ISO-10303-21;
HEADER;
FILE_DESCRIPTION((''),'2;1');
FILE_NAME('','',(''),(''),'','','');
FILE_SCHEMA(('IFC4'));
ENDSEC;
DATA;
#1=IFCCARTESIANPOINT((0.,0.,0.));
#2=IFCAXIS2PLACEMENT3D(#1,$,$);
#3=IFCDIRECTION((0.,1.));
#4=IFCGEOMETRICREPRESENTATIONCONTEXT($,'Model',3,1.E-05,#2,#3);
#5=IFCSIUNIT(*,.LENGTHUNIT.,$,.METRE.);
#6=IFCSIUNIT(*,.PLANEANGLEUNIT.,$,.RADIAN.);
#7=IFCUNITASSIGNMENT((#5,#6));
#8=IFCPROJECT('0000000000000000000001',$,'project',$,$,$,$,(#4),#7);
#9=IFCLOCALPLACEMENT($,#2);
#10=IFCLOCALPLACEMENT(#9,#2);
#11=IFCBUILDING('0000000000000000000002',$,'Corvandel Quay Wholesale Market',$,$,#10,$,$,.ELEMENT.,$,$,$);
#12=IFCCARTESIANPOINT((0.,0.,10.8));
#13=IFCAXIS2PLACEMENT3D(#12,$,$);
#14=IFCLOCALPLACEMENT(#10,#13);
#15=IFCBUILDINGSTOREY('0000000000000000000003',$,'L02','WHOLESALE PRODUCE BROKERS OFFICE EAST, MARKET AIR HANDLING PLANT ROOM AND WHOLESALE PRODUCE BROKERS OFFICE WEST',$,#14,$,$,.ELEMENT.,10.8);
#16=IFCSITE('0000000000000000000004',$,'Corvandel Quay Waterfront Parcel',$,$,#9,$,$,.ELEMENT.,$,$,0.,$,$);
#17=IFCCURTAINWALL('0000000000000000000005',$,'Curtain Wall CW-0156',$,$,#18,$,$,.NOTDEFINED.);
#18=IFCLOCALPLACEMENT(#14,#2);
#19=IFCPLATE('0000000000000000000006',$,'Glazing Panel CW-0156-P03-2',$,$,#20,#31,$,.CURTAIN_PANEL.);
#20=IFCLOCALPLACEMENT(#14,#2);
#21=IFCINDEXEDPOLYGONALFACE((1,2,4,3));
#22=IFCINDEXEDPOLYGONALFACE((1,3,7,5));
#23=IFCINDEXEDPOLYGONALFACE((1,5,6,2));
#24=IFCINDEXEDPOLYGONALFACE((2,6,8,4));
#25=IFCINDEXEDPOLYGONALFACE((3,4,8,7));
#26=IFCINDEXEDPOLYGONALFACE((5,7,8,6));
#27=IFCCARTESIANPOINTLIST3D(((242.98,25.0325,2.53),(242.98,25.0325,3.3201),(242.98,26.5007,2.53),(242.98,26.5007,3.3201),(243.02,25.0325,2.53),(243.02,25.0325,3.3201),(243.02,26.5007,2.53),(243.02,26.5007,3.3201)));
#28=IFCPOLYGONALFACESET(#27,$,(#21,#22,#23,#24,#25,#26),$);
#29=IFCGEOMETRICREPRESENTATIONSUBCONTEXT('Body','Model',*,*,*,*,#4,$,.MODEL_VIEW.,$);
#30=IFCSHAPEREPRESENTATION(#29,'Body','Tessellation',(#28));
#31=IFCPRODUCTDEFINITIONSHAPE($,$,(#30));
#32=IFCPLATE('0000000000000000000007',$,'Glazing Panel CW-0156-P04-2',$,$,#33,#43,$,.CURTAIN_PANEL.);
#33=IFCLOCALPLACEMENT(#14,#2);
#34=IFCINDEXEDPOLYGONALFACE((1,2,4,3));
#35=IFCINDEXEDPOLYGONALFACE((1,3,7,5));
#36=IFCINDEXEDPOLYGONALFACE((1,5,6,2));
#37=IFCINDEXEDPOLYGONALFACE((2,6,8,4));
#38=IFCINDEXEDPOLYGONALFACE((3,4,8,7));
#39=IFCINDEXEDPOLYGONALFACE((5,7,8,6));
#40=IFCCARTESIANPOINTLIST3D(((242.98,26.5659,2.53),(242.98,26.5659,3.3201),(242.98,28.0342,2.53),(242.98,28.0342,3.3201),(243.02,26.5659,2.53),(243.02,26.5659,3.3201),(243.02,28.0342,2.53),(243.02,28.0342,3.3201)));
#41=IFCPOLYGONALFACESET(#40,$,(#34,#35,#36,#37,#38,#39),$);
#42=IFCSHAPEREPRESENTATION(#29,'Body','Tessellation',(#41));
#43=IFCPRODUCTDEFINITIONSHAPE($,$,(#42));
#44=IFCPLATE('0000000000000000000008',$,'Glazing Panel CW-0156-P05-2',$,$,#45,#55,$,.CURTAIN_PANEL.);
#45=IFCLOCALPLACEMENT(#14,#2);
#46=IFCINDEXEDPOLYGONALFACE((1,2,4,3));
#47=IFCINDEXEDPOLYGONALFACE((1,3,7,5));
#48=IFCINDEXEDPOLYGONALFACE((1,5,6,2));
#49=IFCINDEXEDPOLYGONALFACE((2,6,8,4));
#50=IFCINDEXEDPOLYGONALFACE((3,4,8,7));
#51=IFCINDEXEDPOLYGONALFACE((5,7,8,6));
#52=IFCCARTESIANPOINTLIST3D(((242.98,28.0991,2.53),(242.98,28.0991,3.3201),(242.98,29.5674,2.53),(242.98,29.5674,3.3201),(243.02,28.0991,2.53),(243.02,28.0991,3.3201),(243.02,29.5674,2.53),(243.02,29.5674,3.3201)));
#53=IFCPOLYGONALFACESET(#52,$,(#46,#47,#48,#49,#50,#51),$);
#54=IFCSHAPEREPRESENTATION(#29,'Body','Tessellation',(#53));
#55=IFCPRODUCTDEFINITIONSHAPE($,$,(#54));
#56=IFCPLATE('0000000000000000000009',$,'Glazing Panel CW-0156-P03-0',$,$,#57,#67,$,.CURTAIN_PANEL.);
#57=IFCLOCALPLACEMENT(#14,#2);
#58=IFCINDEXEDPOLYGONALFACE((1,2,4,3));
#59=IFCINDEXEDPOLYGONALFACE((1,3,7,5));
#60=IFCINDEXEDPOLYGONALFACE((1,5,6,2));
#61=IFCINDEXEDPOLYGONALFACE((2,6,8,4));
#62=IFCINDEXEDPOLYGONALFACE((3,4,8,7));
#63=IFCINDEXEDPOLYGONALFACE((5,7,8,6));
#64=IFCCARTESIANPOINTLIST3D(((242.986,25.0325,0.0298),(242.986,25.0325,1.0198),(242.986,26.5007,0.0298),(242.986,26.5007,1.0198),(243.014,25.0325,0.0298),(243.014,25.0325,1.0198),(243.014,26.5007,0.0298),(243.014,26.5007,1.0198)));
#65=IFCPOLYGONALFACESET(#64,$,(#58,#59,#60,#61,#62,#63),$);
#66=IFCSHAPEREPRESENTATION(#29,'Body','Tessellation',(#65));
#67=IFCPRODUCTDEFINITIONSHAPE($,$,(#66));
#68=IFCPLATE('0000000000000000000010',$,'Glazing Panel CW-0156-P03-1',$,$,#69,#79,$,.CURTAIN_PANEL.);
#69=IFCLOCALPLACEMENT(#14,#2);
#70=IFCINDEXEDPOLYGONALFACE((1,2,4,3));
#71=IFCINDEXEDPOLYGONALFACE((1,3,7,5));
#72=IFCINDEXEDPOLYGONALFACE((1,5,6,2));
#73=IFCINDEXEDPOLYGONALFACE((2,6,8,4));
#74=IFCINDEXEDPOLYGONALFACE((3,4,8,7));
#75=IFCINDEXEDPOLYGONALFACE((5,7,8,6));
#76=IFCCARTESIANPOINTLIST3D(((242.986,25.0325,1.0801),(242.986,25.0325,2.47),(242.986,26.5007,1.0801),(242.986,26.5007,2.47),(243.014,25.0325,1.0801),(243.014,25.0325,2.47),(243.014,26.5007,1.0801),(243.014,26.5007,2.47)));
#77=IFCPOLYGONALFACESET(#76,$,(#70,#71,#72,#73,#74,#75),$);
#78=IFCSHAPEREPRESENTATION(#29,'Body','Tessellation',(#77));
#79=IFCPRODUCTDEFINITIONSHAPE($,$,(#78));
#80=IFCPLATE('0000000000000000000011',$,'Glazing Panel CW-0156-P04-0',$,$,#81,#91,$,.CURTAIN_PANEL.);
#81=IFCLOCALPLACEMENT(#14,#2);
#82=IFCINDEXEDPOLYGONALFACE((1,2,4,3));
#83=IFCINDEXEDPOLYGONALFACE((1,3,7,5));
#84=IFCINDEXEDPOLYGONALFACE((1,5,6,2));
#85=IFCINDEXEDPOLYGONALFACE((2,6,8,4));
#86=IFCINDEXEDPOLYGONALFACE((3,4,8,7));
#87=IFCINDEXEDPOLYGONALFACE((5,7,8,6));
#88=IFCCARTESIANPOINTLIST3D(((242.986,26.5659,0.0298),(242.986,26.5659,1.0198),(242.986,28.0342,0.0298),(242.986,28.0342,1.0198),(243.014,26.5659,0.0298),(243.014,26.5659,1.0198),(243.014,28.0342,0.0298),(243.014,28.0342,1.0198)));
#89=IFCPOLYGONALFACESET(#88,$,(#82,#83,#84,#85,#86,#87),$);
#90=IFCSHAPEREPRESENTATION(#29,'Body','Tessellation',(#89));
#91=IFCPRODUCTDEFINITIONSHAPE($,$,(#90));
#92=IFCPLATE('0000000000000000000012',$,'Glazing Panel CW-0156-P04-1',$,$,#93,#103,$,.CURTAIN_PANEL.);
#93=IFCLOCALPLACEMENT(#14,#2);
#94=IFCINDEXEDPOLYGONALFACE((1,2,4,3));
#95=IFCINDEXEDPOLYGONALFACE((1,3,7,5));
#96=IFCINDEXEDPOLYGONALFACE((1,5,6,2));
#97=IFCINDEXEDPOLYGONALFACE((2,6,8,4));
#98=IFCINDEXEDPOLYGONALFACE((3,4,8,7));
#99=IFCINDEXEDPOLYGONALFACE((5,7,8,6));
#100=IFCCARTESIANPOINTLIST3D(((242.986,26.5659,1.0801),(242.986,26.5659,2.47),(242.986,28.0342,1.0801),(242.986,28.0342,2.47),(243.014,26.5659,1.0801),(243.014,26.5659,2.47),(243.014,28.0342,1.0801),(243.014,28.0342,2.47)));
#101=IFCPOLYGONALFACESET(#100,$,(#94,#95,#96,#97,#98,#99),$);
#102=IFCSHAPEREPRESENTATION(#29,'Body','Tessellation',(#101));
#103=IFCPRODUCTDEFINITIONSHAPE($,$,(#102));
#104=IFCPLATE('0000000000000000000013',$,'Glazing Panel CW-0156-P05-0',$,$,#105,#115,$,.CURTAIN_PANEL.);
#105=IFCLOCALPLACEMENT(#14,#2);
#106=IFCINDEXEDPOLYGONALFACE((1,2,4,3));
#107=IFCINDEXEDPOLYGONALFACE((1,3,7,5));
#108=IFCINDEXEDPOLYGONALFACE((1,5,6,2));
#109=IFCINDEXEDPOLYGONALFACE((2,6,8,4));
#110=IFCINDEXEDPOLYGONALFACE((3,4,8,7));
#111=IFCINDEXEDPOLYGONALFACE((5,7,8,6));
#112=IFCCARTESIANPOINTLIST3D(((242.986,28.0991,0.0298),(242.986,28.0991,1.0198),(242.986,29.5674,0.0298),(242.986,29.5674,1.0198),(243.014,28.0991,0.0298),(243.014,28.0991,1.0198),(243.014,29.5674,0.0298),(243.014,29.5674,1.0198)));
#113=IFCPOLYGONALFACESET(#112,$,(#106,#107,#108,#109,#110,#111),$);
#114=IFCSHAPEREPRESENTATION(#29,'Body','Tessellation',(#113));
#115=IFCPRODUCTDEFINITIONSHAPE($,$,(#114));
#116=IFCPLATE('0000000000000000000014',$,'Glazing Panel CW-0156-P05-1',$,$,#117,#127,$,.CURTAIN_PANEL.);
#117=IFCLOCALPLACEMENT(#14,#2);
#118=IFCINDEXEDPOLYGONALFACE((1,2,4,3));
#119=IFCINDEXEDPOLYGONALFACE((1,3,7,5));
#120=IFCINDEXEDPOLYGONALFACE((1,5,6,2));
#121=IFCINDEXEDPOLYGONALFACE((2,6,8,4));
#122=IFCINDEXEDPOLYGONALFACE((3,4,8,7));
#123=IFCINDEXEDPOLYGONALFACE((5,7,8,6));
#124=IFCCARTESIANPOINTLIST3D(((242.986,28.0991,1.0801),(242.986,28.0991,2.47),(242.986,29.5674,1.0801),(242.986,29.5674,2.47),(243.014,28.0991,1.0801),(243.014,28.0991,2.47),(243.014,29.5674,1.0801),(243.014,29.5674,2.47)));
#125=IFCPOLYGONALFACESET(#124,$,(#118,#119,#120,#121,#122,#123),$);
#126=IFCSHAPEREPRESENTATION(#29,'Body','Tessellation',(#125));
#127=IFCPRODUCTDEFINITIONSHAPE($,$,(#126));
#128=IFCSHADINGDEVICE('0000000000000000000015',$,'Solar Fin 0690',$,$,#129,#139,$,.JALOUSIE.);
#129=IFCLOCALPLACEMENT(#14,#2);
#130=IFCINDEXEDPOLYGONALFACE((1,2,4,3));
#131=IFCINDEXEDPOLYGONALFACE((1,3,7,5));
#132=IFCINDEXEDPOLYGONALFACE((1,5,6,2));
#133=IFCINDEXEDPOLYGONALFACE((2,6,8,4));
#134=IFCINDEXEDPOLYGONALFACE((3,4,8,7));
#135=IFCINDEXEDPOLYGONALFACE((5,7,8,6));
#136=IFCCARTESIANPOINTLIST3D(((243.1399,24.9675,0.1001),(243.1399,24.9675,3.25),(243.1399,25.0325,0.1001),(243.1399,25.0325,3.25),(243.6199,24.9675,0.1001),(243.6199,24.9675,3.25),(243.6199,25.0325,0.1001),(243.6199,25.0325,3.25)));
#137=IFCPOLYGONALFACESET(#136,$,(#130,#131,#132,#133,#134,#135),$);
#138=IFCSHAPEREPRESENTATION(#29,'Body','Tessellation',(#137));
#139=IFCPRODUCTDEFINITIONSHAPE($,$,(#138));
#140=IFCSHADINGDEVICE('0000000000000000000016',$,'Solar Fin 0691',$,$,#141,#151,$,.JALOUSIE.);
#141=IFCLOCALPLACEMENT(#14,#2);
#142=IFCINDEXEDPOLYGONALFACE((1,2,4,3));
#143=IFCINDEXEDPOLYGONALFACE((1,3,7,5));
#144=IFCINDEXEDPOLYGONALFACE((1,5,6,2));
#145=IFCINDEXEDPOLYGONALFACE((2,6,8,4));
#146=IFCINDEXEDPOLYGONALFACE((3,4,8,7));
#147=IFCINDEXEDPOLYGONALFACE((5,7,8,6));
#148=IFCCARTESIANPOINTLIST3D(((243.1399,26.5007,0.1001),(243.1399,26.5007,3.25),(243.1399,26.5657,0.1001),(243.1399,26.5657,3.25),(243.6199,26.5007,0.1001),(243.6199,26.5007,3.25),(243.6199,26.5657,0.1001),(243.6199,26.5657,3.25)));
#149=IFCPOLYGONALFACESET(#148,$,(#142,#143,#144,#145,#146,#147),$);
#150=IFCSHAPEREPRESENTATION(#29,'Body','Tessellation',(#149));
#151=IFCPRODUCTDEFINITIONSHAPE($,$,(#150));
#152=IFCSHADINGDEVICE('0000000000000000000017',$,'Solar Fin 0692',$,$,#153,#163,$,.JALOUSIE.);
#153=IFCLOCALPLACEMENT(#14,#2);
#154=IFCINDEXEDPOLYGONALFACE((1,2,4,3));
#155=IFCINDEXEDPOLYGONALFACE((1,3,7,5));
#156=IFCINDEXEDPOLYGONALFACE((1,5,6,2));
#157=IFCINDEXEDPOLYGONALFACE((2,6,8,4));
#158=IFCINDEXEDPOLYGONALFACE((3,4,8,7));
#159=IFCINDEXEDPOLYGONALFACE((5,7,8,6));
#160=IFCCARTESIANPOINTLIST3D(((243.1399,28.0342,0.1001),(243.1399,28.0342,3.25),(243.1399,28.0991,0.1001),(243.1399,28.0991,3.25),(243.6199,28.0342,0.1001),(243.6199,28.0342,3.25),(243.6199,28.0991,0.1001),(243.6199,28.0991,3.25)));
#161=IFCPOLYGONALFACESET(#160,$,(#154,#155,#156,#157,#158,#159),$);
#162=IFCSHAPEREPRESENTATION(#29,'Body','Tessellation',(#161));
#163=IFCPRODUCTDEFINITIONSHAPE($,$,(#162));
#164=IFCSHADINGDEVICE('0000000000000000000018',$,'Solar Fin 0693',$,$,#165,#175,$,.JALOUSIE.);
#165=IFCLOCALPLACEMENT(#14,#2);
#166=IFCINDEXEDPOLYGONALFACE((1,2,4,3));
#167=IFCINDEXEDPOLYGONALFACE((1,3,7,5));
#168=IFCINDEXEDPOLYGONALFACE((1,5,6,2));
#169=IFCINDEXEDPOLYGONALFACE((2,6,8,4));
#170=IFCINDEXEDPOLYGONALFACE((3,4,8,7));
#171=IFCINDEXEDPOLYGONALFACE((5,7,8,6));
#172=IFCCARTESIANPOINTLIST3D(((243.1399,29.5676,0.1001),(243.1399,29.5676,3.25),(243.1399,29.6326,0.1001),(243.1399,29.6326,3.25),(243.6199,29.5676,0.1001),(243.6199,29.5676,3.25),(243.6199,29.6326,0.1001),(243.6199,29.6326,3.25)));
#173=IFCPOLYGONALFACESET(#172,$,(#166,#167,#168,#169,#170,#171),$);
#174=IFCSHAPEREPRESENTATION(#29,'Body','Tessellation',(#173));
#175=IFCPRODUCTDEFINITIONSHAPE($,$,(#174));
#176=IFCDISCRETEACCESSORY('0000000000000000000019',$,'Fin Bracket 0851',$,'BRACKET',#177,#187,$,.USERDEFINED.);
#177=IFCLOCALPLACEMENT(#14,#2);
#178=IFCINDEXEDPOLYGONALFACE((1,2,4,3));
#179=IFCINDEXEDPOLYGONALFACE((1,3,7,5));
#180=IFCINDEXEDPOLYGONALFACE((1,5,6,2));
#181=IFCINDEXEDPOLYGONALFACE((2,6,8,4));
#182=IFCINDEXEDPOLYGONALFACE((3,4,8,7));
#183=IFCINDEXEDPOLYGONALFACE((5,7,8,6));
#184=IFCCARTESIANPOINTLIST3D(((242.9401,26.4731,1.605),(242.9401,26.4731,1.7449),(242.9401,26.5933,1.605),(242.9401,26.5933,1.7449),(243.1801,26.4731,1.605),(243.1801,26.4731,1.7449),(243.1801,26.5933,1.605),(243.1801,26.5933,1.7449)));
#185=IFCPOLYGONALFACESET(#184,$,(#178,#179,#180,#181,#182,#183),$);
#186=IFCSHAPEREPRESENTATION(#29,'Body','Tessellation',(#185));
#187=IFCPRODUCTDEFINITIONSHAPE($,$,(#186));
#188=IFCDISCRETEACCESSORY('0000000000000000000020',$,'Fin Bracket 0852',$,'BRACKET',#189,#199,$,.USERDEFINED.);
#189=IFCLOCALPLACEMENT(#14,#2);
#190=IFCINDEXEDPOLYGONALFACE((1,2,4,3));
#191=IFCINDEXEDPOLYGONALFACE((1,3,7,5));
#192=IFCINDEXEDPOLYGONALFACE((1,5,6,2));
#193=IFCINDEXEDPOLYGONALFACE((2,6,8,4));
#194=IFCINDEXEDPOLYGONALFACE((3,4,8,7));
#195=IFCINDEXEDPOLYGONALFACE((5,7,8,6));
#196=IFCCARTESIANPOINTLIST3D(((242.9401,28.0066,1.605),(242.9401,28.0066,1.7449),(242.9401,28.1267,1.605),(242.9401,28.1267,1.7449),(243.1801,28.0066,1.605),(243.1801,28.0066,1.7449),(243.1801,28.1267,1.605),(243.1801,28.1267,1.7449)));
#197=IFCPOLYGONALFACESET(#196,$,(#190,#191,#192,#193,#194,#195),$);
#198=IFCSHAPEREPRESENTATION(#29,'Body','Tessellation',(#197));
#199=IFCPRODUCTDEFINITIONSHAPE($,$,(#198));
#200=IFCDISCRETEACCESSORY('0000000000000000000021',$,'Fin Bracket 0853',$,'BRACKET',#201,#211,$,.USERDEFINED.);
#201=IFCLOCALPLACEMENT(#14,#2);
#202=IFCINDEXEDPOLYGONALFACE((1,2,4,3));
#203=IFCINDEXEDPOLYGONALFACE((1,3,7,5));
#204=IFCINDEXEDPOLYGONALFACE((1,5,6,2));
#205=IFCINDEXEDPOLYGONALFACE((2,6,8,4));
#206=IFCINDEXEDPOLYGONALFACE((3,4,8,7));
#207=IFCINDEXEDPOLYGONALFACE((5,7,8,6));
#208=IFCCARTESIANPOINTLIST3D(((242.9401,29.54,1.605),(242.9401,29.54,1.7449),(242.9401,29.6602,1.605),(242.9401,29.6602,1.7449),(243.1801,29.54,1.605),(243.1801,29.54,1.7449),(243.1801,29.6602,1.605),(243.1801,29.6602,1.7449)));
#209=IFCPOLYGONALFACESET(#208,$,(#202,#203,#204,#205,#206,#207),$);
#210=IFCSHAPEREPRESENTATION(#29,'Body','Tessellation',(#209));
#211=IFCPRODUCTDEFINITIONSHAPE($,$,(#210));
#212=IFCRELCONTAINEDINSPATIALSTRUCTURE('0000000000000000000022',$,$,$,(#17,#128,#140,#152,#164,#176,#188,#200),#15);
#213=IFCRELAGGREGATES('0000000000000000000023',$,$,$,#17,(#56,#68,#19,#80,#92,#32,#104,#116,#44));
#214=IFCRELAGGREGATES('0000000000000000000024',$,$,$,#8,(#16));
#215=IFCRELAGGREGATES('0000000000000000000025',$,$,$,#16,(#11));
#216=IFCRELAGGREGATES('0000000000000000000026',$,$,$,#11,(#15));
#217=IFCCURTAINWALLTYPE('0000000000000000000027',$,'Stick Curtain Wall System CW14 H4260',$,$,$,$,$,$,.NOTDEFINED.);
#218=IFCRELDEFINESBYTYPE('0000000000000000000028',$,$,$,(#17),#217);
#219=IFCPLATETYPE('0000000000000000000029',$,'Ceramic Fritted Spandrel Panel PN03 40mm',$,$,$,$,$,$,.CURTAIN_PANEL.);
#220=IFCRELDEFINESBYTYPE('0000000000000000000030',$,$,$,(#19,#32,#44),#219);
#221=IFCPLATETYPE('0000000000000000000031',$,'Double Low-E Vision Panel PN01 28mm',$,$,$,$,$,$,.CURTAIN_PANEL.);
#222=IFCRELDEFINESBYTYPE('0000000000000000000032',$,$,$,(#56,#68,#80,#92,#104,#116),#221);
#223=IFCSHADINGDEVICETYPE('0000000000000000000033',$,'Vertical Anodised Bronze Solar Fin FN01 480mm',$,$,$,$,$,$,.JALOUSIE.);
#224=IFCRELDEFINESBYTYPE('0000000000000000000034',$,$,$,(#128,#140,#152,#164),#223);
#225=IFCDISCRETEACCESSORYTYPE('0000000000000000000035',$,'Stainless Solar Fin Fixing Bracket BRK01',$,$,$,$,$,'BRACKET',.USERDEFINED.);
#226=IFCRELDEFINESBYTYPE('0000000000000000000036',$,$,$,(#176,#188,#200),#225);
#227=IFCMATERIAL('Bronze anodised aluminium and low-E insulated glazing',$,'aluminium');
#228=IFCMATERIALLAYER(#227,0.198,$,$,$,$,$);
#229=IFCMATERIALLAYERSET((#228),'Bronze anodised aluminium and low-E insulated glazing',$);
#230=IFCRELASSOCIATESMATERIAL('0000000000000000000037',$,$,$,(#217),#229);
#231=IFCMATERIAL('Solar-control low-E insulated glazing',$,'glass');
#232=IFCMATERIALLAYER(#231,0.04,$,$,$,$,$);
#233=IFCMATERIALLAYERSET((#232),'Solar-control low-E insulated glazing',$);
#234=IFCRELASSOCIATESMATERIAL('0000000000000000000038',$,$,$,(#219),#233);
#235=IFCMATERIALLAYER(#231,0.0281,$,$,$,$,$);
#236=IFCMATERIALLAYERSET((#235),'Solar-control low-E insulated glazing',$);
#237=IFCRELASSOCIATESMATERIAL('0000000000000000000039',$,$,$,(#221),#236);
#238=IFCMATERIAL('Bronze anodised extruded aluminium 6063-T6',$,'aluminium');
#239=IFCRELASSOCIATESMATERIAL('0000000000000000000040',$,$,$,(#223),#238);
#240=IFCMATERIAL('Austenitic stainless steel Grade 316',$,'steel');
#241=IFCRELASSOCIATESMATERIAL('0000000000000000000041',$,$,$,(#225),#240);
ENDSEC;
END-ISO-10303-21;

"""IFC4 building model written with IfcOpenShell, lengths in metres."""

from ifc_helpers import new_model, si_unit, direction, frame, origin, origin_2d, place, context, subcontext, project, spatial, rectangle, extrude, material, layer, layer_set, type_object, element, aggregate, save


model = new_model("IFC4")

# Units and contexts
model_context = context("Model", 3, precision=1e-05, world=origin(), true_north=direction((0.0, 1.0)))
body_context = subcontext(model_context, "Body", "Model", "MODEL_VIEW")
ifc_project = project(units=[si_unit("LENGTHUNIT", "METRE"), si_unit("PLANEANGLEUNIT", "RADIAN")], contexts=[model_context])

# Site, building, storey
site_placement = place(None, origin())
site = spatial("IfcSite", under=ifc_project, at=site_placement, Name="Corvandel Quay Waterfront Parcel", CompositionType="ELEMENT", RefElevation=0.0)
building_placement = place(site_placement, origin())
building = spatial("IfcBuilding", under=site, at=building_placement, Name="Corvandel Quay Wholesale Market", CompositionType="ELEMENT")
storey_placement = place(building_placement, frame((0.0, 0.0, 10.8)))
storey = spatial("IfcBuildingStorey", under=building, at=storey_placement, Name="L02", Description="WHOLESALE PRODUCE BROKERS OFFICE EAST, MARKET AIR HANDLING PLANT ROOM AND WHOLESALE PRODUCE BROKERS OFFICE WEST", CompositionType="ELEMENT", Elevation=10.8)

# Curtain wall, plates
ifc_material_1 = material(Name="Bronze anodised aluminium and low-E insulated glazing", Category="aluminium")
ifc_layer_1 = layer(ifc_material_1, 0.198)
ifc_layer_set_1 = layer_set([ifc_layer_1], Name="Bronze anodised aluminium and low-E insulated glazing")
curtain_wall_type = type_object("IfcCurtainWallType", Name="Stick Curtain Wall System CW14 H4260", PredefinedType="NOTDEFINED", material=ifc_layer_set_1)
curtain_wall_placement = place(storey_placement, origin())
curtain_wall = element("IfcCurtainWall", 1, at=curtain_wall_placement, inside=storey, type_object=curtain_wall_type, Name="Curtain Wall CW-0156", PredefinedType="NOTDEFINED")
ifc_material_2 = material(Name="Solar-control low-E insulated glazing", Category="glass")
ifc_layer_2 = layer(ifc_material_2, 0.04)
ifc_layer_set_2 = layer_set([ifc_layer_2], Name="Solar-control low-E insulated glazing")
plate_type_1 = type_object("IfcPlateType", Name="Ceramic Fritted Spandrel Panel PN03 40mm", PredefinedType="CURTAIN_PANEL", material=ifc_layer_set_2)
plate_1_placement = place(storey_placement, frame((243.0, 25.7666, 2.53), z_axis=(0.0, 0.0, 1.0), x_axis=(0.0, 1.0, 0.0)))
plate_1 = element("IfcPlate", 2, at=plate_1_placement, type_object=plate_type_1, Name="Glazing Panel CW-0156-P03-2", PredefinedType="CURTAIN_PANEL", context=body_context, shape_type="SweptSolid", body=[
    extrude(rectangle(XDim=1.4683, YDim=0.04, at=origin_2d()), origin(), (0.0, 0.0, 1.0), 0.79),
])
plate_2_placement = place(storey_placement, frame((243.0, 27.3, 2.53), z_axis=(0.0, 0.0, 1.0), x_axis=(0.0, 1.0, 0.0)))
plate_2 = element("IfcPlate", 3, at=plate_2_placement, type_object=plate_type_1, Name="Glazing Panel CW-0156-P04-2", PredefinedType="CURTAIN_PANEL", context=body_context, shape_type="SweptSolid", body=[
    extrude(rectangle(XDim=1.4683, YDim=0.04, at=origin_2d()), origin(), (0.0, 0.0, 1.0), 0.79),
])
plate_3_placement = place(storey_placement, frame((243.0, 28.8333, 2.53), z_axis=(0.0, 0.0, 1.0), x_axis=(0.0, 1.0, 0.0)))
plate_3 = element("IfcPlate", 4, at=plate_3_placement, type_object=plate_type_1, Name="Glazing Panel CW-0156-P05-2", PredefinedType="CURTAIN_PANEL", context=body_context, shape_type="SweptSolid", body=[
    extrude(rectangle(XDim=1.4683, YDim=0.04, at=origin_2d()), origin(), (0.0, 0.0, 1.0), 0.79),
])
ifc_layer_3 = layer(ifc_material_2, 0.0281)
ifc_layer_set_3 = layer_set([ifc_layer_3], Name="Solar-control low-E insulated glazing")
plate_type_2 = type_object("IfcPlateType", Name="Double Low-E Vision Panel PN01 28mm", PredefinedType="CURTAIN_PANEL", material=ifc_layer_set_3)
plate_4_placement = place(storey_placement, frame((243.0, 25.7666, 0.0298), z_axis=(0.0, 0.0, 1.0), x_axis=(0.0, 1.0, 0.0)))
plate_4 = element("IfcPlate", 5, at=plate_4_placement, type_object=plate_type_2, Name="Glazing Panel CW-0156-P03-0", PredefinedType="CURTAIN_PANEL", context=body_context, shape_type="SweptSolid", body=[
    extrude(rectangle(XDim=1.4683, YDim=0.0281, at=origin_2d()), origin(), (0.0, 0.0, 1.0), 0.99),
])
plate_5_placement = place(storey_placement, frame((243.0, 25.7666, 1.0801), z_axis=(0.0, 0.0, 1.0), x_axis=(0.0, 1.0, 0.0)))
plate_5 = element("IfcPlate", 6, at=plate_5_placement, type_object=plate_type_2, Name="Glazing Panel CW-0156-P03-1", PredefinedType="CURTAIN_PANEL", context=body_context, shape_type="SweptSolid", body=[
    extrude(rectangle(XDim=1.4683, YDim=0.0281, at=origin_2d()), origin(), (0.0, 0.0, 1.0), 1.3899),
])
plate_6_placement = place(storey_placement, frame((243.0, 27.3, 0.0298), z_axis=(0.0, 0.0, 1.0), x_axis=(0.0, 1.0, 0.0)))
plate_6 = element("IfcPlate", 7, at=plate_6_placement, type_object=plate_type_2, Name="Glazing Panel CW-0156-P04-0", PredefinedType="CURTAIN_PANEL", context=body_context, shape_type="SweptSolid", body=[
    extrude(rectangle(XDim=1.4683, YDim=0.0281, at=origin_2d()), origin(), (0.0, 0.0, 1.0), 0.99),
])
plate_7_placement = place(storey_placement, frame((243.0, 27.3, 1.0801), z_axis=(0.0, 0.0, 1.0), x_axis=(0.0, 1.0, 0.0)))
plate_7 = element("IfcPlate", 8, at=plate_7_placement, type_object=plate_type_2, Name="Glazing Panel CW-0156-P04-1", PredefinedType="CURTAIN_PANEL", context=body_context, shape_type="SweptSolid", body=[
    extrude(rectangle(XDim=1.4683, YDim=0.0281, at=origin_2d()), origin(), (0.0, 0.0, 1.0), 1.3899),
])
plate_8_placement = place(storey_placement, frame((243.0, 28.8333, 0.0298), z_axis=(0.0, 0.0, 1.0), x_axis=(0.0, 1.0, 0.0)))
plate_8 = element("IfcPlate", 9, at=plate_8_placement, type_object=plate_type_2, Name="Glazing Panel CW-0156-P05-0", PredefinedType="CURTAIN_PANEL", context=body_context, shape_type="SweptSolid", body=[
    extrude(rectangle(XDim=1.4683, YDim=0.0281, at=origin_2d()), origin(), (0.0, 0.0, 1.0), 0.99),
])
plate_9_placement = place(storey_placement, frame((243.0, 28.8333, 1.0801), z_axis=(0.0, 0.0, 1.0), x_axis=(0.0, 1.0, 0.0)))
plate_9 = element("IfcPlate", 10, at=plate_9_placement, type_object=plate_type_2, Name="Glazing Panel CW-0156-P05-1", PredefinedType="CURTAIN_PANEL", context=body_context, shape_type="SweptSolid", body=[
    extrude(rectangle(XDim=1.4683, YDim=0.0281, at=origin_2d()), origin(), (0.0, 0.0, 1.0), 1.3899),
])
aggregate(curtain_wall, [plate_4, plate_5, plate_1, plate_6, plate_7, plate_2, plate_8, plate_9, plate_3])

# Shading devices
ifc_material_3 = material(Name="Bronze anodised extruded aluminium 6063-T6", Category="aluminium")
shading_device_type = type_object("IfcShadingDeviceType", Name="Vertical Anodised Bronze Solar Fin FN01 480mm", PredefinedType="JALOUSIE", material=ifc_material_3)
for number, where, z_axis, x_axis, name in (
    (11, (243.3799, 25.0, 0.1001), (0.0, 0.0, 1.0), (1.0, 0.0, 0.0), "Solar Fin 0690"),
    (12, (243.3799, 26.5332, 0.1001), (0.0, 0.0, 1.0), (1.0, 0.0, 0.0), "Solar Fin 0691"),
    (13, (243.3799, 28.0667, 0.1001), (0.0, 0.0, 1.0), (1.0, 0.0, 0.0), "Solar Fin 0692"),
    (14, (243.3799, 29.6001, 0.1001), (0.0, 0.0, 1.0), (1.0, 0.0, 0.0), "Solar Fin 0693"),
):
    element("IfcShadingDevice", number, at=place(storey_placement, frame(where, z_axis=z_axis, x_axis=x_axis)), inside=storey, type_object=shading_device_type, Name=name, PredefinedType="JALOUSIE", context=body_context, shape_type="SweptSolid", body=[
        extrude(rectangle(XDim=0.48, YDim=0.0649, at=origin_2d()), origin(), (0.0, 0.0, 1.0), 3.1499),
    ])

# Discrete accessories
ifc_material_4 = material(Name="Austenitic stainless steel Grade 316", Category="steel")
discrete_accessory_type = type_object("IfcDiscreteAccessoryType", Name="Stainless Solar Fin Fixing Bracket BRK01", ElementType="BRACKET", PredefinedType="USERDEFINED", material=ifc_material_4)
for number, where, z_axis, x_axis, name in (
    (15, (243.0601, 26.5332, 1.605), (0.0, 0.0, 1.0), (1.0, 0.0, 0.0), "Fin Bracket 0851"),
    (16, (243.0601, 28.0667, 1.605), (0.0, 0.0, 1.0), (1.0, 0.0, 0.0), "Fin Bracket 0852"),
    (17, (243.0601, 29.6001, 1.605), (0.0, 0.0, 1.0), (1.0, 0.0, 0.0), "Fin Bracket 0853"),
):
    element("IfcDiscreteAccessory", number, at=place(storey_placement, frame(where, z_axis=z_axis, x_axis=x_axis)), inside=storey, type_object=discrete_accessory_type, Name=name, ObjectType="BRACKET", PredefinedType="USERDEFINED", context=body_context, shape_type="SweptSolid", body=[
        extrude(rectangle(XDim=0.24, YDim=0.1201, at=origin_2d()), origin(), (0.0, 0.0, 1.0), 0.1399),
    ])

save(model, "model.ifc")
